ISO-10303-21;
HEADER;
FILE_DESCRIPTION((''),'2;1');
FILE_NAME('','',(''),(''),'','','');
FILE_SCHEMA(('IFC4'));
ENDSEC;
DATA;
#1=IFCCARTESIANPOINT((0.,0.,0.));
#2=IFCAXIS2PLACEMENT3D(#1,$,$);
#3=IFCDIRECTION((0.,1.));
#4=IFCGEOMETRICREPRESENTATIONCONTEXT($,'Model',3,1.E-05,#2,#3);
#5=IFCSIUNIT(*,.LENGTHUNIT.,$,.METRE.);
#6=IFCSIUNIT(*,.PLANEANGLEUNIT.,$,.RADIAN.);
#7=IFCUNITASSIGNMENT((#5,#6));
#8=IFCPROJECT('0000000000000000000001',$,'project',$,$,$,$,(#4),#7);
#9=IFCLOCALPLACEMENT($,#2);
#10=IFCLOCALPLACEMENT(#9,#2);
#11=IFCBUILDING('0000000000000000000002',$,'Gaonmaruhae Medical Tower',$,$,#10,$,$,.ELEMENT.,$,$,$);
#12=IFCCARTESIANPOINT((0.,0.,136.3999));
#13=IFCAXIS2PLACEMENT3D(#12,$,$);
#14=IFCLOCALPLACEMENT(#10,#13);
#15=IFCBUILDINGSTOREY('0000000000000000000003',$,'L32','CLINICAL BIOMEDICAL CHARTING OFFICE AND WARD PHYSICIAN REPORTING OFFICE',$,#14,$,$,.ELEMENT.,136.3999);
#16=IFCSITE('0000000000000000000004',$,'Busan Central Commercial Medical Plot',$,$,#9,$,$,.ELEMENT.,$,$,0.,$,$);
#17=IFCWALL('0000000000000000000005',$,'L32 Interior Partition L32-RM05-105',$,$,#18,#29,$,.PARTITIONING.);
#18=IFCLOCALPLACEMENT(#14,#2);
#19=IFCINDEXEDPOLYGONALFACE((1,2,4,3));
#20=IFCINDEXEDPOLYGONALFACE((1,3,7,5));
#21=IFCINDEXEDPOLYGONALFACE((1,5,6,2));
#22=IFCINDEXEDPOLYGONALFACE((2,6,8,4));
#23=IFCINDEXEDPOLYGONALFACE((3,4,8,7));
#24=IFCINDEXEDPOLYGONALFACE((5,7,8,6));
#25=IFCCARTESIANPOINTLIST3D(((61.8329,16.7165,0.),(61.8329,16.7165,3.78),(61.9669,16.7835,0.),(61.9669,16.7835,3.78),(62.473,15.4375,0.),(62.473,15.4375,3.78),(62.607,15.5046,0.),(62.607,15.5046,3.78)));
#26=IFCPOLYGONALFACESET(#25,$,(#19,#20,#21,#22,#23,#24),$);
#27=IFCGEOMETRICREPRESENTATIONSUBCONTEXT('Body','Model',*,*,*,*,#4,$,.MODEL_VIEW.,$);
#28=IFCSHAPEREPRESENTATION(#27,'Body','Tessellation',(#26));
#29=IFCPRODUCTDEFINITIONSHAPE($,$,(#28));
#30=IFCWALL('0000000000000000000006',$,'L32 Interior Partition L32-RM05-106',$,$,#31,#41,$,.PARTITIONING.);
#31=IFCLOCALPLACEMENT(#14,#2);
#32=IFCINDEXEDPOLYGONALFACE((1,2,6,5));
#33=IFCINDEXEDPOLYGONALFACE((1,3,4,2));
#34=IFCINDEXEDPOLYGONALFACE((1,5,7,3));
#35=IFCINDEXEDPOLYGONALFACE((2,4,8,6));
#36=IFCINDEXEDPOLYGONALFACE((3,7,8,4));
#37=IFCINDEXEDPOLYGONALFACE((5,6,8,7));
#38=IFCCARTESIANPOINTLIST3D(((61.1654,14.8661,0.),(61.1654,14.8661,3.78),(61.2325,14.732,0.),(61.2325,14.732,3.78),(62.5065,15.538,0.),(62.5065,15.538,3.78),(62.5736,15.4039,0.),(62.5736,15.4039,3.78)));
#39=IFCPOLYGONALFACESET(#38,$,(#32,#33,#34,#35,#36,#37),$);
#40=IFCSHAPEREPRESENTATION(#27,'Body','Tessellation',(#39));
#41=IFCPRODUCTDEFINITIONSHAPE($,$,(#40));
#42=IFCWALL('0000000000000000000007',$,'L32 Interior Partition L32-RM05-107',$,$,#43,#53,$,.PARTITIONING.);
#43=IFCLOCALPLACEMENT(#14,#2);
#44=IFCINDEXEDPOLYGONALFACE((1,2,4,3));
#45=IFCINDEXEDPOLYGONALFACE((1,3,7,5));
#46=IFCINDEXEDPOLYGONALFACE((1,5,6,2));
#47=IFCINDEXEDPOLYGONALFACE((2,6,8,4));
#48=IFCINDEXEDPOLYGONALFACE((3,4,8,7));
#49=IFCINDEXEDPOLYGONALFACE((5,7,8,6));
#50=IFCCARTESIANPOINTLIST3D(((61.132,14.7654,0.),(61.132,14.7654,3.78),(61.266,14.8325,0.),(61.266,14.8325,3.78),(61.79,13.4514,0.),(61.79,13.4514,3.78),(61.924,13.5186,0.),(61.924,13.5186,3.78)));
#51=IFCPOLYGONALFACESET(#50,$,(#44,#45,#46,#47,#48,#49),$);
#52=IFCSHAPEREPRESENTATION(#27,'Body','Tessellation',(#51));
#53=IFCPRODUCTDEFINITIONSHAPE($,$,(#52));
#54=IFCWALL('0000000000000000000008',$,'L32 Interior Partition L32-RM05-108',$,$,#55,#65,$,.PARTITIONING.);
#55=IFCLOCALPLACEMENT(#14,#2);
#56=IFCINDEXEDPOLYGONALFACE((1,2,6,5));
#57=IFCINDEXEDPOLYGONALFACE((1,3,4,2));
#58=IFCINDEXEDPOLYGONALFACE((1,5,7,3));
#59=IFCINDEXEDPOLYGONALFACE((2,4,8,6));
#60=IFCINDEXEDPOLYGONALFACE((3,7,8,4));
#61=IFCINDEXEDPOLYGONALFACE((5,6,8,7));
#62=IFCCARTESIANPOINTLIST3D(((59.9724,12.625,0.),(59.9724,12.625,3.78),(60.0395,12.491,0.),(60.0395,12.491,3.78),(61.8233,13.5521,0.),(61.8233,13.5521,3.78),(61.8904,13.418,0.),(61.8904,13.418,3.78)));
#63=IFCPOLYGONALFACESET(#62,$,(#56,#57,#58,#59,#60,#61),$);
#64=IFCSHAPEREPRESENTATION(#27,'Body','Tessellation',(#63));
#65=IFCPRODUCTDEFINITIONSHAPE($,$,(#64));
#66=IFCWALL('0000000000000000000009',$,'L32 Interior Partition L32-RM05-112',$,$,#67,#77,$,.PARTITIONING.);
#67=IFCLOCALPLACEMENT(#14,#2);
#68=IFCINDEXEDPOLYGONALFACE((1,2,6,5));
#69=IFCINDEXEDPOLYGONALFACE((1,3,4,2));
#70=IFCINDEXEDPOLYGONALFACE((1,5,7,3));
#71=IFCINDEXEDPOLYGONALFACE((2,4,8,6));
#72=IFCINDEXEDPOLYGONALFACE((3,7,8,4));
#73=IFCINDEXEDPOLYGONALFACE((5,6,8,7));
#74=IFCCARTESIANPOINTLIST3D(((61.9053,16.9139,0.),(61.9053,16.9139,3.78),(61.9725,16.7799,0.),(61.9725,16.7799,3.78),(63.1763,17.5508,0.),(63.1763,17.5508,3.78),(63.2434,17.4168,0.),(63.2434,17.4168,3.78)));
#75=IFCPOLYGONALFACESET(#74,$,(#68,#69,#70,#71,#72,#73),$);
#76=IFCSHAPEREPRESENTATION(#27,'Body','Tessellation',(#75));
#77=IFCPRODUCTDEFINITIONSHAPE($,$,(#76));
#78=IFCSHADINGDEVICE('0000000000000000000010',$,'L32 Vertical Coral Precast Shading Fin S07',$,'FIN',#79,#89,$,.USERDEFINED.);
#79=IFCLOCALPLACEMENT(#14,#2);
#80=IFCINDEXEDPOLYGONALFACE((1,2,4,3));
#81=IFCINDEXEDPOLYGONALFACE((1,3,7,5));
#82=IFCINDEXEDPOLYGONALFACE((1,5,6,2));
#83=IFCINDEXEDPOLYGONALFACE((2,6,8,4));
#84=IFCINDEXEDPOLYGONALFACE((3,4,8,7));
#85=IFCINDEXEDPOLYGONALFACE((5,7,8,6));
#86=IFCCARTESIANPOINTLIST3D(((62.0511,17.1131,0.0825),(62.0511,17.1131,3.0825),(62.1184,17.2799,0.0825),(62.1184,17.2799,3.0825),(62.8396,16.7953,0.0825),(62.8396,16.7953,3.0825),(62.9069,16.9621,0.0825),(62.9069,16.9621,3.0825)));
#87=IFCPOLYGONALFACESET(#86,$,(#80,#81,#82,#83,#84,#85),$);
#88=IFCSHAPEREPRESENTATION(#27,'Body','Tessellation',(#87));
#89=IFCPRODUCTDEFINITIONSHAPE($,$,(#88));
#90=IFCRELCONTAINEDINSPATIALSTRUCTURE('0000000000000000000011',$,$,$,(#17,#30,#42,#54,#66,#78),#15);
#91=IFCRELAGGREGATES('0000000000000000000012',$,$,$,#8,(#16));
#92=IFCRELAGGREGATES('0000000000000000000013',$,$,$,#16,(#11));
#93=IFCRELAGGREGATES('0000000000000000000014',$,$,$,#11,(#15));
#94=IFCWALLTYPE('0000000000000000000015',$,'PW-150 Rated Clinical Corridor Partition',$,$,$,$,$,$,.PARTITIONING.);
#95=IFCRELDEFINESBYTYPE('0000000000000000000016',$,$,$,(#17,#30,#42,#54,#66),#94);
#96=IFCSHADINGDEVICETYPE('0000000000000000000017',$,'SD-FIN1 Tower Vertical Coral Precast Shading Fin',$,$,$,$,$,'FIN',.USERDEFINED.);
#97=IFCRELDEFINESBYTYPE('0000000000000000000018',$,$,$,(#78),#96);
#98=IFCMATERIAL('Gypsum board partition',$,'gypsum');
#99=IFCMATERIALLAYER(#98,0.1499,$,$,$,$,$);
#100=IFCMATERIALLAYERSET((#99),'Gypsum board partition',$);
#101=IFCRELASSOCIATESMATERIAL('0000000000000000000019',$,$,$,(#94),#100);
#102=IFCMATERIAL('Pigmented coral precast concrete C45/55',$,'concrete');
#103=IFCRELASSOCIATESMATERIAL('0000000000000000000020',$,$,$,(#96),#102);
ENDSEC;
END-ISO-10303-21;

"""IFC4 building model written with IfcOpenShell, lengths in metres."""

from ifc_helpers import new_model, si_unit, direction, frame, frame_2d, origin, origin_2d, place, context, subcontext, project, spatial, rectangle, extrude, material, layer, layer_set, type_object, element, save


model = new_model("IFC4")

# Units and contexts
model_context = context("Model", 3, precision=1e-05, world=origin(), true_north=direction((0.0, 1.0)))
body_context = subcontext(model_context, "Body", "Model", "MODEL_VIEW")
ifc_project = project(units=[si_unit("LENGTHUNIT", "METRE"), si_unit("PLANEANGLEUNIT", "RADIAN")], contexts=[model_context])

# Site, building, storey
site_placement = place(None, origin())
site = spatial("IfcSite", under=ifc_project, at=site_placement, Name="Busan Central Commercial Medical Plot", CompositionType="ELEMENT", RefElevation=0.0)
building_placement = place(site_placement, origin())
building = spatial("IfcBuilding", under=site, at=building_placement, Name="Gaonmaruhae Medical Tower", CompositionType="ELEMENT")
storey_placement = place(building_placement, frame((0.0, 0.0, 136.3999)))
storey = spatial("IfcBuildingStorey", under=building, at=storey_placement, Name="L32", Description="CLINICAL BIOMEDICAL CHARTING OFFICE AND WARD PHYSICIAN REPORTING OFFICE", CompositionType="ELEMENT", Elevation=136.3999)

# Walls
ifc_material_1 = material(Name="Gypsum board partition", Category="gypsum")
ifc_layer_1 = layer(ifc_material_1, 0.1499)
ifc_layer_set_1 = layer_set([ifc_layer_1], Name="Gypsum board partition")
wall_type_1 = type_object("IfcWallType", Name="PW-150 Rated Clinical Corridor Partition", PredefinedType="PARTITIONING", material=ifc_layer_set_1)
wall_1_placement = place(storey_placement, frame((61.8999, 16.75, 0.0), z_axis=(0.0, 0.0, 1.0), x_axis=(0.447555, -0.894256, 0.0)))
element("IfcWall", 1, at=wall_1_placement, inside=storey, type_object=wall_type_1, Name="L32 Interior Partition L32-RM05-105", PredefinedType="PARTITIONING", context=body_context, shape_type="SweptSolid", body=[
    extrude(rectangle(XDim=1.4302, YDim=0.1499, at=frame_2d((0.7151, 0.0))), origin(), (0.0, 0.0, 1.0), 3.78),
])
wall_2_placement = place(storey_placement, frame((62.54, 15.4709, 0.0), z_axis=(0.0, 0.0, 1.0), x_axis=(-0.894069, -0.44793, 0.0)))
element("IfcWall", 2, at=wall_2_placement, inside=storey, type_object=wall_type_1, Name="L32 Interior Partition L32-RM05-106", PredefinedType="PARTITIONING", context=body_context, shape_type="SweptSolid", body=[
    extrude(rectangle(XDim=1.5, YDim=0.1499, at=frame_2d((0.75, 0.0))), origin(), (0.0, 0.0, 1.0), 3.78),
])
wall_3_placement = place(storey_placement, frame((61.199, 14.7991, 0.0), z_axis=(0.0, 0.0, 1.0), x_axis=(0.447745, -0.894161, 0.0)))
element("IfcWall", 3, at=wall_3_placement, inside=storey, type_object=wall_type_1, Name="L32 Interior Partition L32-RM05-107", PredefinedType="PARTITIONING", context=body_context, shape_type="SweptSolid", body=[
    extrude(rectangle(XDim=1.4695, YDim=0.1499, at=frame_2d((0.7349, 0.0))), origin(), (0.0, 0.0, 1.0), 3.78),
])
wall_4_placement = place(storey_placement, frame((61.8569, 13.4851, 0.0), z_axis=(0.0, 0.0, 1.0), x_axis=(-0.89412, -0.447827, 0.0)))
element("IfcWall", 4, at=wall_4_placement, inside=storey, type_object=wall_type_1, Name="L32 Interior Partition L32-RM05-108", PredefinedType="PARTITIONING", context=body_context, shape_type="SweptSolid", body=[
    extrude(rectangle(XDim=2.0701, YDim=0.1499, at=frame_2d((1.0352, 0.0))), origin(), (0.0, 0.0, 1.0), 3.78),
])
wall_5_placement = place(storey_placement, frame((63.21, 17.4839, 0.0), z_axis=(0.0, 0.0, 1.0), x_axis=(-0.894015, -0.448038, 0.0)))
element("IfcWall", 5, at=wall_5_placement, inside=storey, type_object=wall_type_1, Name="L32 Interior Partition L32-RM05-112", PredefinedType="PARTITIONING", context=body_context, shape_type="SweptSolid", body=[
    extrude(rectangle(XDim=1.4216, YDim=0.1499, at=frame_2d((0.7109, 0.0))), origin(), (0.0, 0.0, 1.0), 3.78),
])

# Shading device
ifc_material_2 = material(Name="Pigmented coral precast concrete C45/55", Category="concrete")
shading_device_type = type_object("IfcShadingDeviceType", Name="SD-FIN1 Tower Vertical Coral Precast Shading Fin", ElementType="FIN", PredefinedType="USERDEFINED", material=ifc_material_2)
shading_device_placement = place(storey_placement, frame((62.479, 17.0376, 0.0825), z_axis=(0.0, 0.0, 1.0), x_axis=(-0.37383, -0.927497, 0.0)))
element("IfcShadingDevice", 6, at=shading_device_placement, inside=storey, type_object=shading_device_type, Name="L32 Vertical Coral Precast Shading Fin S07", ObjectType="FIN", PredefinedType="USERDEFINED", context=body_context, shape_type="SweptSolid", body=[
    extrude(rectangle(XDim=0.1799, YDim=0.8501, at=origin_2d()), origin(), (0.0, 0.0, 1.0), 3.0),
])

save(model, "model.ifc")
